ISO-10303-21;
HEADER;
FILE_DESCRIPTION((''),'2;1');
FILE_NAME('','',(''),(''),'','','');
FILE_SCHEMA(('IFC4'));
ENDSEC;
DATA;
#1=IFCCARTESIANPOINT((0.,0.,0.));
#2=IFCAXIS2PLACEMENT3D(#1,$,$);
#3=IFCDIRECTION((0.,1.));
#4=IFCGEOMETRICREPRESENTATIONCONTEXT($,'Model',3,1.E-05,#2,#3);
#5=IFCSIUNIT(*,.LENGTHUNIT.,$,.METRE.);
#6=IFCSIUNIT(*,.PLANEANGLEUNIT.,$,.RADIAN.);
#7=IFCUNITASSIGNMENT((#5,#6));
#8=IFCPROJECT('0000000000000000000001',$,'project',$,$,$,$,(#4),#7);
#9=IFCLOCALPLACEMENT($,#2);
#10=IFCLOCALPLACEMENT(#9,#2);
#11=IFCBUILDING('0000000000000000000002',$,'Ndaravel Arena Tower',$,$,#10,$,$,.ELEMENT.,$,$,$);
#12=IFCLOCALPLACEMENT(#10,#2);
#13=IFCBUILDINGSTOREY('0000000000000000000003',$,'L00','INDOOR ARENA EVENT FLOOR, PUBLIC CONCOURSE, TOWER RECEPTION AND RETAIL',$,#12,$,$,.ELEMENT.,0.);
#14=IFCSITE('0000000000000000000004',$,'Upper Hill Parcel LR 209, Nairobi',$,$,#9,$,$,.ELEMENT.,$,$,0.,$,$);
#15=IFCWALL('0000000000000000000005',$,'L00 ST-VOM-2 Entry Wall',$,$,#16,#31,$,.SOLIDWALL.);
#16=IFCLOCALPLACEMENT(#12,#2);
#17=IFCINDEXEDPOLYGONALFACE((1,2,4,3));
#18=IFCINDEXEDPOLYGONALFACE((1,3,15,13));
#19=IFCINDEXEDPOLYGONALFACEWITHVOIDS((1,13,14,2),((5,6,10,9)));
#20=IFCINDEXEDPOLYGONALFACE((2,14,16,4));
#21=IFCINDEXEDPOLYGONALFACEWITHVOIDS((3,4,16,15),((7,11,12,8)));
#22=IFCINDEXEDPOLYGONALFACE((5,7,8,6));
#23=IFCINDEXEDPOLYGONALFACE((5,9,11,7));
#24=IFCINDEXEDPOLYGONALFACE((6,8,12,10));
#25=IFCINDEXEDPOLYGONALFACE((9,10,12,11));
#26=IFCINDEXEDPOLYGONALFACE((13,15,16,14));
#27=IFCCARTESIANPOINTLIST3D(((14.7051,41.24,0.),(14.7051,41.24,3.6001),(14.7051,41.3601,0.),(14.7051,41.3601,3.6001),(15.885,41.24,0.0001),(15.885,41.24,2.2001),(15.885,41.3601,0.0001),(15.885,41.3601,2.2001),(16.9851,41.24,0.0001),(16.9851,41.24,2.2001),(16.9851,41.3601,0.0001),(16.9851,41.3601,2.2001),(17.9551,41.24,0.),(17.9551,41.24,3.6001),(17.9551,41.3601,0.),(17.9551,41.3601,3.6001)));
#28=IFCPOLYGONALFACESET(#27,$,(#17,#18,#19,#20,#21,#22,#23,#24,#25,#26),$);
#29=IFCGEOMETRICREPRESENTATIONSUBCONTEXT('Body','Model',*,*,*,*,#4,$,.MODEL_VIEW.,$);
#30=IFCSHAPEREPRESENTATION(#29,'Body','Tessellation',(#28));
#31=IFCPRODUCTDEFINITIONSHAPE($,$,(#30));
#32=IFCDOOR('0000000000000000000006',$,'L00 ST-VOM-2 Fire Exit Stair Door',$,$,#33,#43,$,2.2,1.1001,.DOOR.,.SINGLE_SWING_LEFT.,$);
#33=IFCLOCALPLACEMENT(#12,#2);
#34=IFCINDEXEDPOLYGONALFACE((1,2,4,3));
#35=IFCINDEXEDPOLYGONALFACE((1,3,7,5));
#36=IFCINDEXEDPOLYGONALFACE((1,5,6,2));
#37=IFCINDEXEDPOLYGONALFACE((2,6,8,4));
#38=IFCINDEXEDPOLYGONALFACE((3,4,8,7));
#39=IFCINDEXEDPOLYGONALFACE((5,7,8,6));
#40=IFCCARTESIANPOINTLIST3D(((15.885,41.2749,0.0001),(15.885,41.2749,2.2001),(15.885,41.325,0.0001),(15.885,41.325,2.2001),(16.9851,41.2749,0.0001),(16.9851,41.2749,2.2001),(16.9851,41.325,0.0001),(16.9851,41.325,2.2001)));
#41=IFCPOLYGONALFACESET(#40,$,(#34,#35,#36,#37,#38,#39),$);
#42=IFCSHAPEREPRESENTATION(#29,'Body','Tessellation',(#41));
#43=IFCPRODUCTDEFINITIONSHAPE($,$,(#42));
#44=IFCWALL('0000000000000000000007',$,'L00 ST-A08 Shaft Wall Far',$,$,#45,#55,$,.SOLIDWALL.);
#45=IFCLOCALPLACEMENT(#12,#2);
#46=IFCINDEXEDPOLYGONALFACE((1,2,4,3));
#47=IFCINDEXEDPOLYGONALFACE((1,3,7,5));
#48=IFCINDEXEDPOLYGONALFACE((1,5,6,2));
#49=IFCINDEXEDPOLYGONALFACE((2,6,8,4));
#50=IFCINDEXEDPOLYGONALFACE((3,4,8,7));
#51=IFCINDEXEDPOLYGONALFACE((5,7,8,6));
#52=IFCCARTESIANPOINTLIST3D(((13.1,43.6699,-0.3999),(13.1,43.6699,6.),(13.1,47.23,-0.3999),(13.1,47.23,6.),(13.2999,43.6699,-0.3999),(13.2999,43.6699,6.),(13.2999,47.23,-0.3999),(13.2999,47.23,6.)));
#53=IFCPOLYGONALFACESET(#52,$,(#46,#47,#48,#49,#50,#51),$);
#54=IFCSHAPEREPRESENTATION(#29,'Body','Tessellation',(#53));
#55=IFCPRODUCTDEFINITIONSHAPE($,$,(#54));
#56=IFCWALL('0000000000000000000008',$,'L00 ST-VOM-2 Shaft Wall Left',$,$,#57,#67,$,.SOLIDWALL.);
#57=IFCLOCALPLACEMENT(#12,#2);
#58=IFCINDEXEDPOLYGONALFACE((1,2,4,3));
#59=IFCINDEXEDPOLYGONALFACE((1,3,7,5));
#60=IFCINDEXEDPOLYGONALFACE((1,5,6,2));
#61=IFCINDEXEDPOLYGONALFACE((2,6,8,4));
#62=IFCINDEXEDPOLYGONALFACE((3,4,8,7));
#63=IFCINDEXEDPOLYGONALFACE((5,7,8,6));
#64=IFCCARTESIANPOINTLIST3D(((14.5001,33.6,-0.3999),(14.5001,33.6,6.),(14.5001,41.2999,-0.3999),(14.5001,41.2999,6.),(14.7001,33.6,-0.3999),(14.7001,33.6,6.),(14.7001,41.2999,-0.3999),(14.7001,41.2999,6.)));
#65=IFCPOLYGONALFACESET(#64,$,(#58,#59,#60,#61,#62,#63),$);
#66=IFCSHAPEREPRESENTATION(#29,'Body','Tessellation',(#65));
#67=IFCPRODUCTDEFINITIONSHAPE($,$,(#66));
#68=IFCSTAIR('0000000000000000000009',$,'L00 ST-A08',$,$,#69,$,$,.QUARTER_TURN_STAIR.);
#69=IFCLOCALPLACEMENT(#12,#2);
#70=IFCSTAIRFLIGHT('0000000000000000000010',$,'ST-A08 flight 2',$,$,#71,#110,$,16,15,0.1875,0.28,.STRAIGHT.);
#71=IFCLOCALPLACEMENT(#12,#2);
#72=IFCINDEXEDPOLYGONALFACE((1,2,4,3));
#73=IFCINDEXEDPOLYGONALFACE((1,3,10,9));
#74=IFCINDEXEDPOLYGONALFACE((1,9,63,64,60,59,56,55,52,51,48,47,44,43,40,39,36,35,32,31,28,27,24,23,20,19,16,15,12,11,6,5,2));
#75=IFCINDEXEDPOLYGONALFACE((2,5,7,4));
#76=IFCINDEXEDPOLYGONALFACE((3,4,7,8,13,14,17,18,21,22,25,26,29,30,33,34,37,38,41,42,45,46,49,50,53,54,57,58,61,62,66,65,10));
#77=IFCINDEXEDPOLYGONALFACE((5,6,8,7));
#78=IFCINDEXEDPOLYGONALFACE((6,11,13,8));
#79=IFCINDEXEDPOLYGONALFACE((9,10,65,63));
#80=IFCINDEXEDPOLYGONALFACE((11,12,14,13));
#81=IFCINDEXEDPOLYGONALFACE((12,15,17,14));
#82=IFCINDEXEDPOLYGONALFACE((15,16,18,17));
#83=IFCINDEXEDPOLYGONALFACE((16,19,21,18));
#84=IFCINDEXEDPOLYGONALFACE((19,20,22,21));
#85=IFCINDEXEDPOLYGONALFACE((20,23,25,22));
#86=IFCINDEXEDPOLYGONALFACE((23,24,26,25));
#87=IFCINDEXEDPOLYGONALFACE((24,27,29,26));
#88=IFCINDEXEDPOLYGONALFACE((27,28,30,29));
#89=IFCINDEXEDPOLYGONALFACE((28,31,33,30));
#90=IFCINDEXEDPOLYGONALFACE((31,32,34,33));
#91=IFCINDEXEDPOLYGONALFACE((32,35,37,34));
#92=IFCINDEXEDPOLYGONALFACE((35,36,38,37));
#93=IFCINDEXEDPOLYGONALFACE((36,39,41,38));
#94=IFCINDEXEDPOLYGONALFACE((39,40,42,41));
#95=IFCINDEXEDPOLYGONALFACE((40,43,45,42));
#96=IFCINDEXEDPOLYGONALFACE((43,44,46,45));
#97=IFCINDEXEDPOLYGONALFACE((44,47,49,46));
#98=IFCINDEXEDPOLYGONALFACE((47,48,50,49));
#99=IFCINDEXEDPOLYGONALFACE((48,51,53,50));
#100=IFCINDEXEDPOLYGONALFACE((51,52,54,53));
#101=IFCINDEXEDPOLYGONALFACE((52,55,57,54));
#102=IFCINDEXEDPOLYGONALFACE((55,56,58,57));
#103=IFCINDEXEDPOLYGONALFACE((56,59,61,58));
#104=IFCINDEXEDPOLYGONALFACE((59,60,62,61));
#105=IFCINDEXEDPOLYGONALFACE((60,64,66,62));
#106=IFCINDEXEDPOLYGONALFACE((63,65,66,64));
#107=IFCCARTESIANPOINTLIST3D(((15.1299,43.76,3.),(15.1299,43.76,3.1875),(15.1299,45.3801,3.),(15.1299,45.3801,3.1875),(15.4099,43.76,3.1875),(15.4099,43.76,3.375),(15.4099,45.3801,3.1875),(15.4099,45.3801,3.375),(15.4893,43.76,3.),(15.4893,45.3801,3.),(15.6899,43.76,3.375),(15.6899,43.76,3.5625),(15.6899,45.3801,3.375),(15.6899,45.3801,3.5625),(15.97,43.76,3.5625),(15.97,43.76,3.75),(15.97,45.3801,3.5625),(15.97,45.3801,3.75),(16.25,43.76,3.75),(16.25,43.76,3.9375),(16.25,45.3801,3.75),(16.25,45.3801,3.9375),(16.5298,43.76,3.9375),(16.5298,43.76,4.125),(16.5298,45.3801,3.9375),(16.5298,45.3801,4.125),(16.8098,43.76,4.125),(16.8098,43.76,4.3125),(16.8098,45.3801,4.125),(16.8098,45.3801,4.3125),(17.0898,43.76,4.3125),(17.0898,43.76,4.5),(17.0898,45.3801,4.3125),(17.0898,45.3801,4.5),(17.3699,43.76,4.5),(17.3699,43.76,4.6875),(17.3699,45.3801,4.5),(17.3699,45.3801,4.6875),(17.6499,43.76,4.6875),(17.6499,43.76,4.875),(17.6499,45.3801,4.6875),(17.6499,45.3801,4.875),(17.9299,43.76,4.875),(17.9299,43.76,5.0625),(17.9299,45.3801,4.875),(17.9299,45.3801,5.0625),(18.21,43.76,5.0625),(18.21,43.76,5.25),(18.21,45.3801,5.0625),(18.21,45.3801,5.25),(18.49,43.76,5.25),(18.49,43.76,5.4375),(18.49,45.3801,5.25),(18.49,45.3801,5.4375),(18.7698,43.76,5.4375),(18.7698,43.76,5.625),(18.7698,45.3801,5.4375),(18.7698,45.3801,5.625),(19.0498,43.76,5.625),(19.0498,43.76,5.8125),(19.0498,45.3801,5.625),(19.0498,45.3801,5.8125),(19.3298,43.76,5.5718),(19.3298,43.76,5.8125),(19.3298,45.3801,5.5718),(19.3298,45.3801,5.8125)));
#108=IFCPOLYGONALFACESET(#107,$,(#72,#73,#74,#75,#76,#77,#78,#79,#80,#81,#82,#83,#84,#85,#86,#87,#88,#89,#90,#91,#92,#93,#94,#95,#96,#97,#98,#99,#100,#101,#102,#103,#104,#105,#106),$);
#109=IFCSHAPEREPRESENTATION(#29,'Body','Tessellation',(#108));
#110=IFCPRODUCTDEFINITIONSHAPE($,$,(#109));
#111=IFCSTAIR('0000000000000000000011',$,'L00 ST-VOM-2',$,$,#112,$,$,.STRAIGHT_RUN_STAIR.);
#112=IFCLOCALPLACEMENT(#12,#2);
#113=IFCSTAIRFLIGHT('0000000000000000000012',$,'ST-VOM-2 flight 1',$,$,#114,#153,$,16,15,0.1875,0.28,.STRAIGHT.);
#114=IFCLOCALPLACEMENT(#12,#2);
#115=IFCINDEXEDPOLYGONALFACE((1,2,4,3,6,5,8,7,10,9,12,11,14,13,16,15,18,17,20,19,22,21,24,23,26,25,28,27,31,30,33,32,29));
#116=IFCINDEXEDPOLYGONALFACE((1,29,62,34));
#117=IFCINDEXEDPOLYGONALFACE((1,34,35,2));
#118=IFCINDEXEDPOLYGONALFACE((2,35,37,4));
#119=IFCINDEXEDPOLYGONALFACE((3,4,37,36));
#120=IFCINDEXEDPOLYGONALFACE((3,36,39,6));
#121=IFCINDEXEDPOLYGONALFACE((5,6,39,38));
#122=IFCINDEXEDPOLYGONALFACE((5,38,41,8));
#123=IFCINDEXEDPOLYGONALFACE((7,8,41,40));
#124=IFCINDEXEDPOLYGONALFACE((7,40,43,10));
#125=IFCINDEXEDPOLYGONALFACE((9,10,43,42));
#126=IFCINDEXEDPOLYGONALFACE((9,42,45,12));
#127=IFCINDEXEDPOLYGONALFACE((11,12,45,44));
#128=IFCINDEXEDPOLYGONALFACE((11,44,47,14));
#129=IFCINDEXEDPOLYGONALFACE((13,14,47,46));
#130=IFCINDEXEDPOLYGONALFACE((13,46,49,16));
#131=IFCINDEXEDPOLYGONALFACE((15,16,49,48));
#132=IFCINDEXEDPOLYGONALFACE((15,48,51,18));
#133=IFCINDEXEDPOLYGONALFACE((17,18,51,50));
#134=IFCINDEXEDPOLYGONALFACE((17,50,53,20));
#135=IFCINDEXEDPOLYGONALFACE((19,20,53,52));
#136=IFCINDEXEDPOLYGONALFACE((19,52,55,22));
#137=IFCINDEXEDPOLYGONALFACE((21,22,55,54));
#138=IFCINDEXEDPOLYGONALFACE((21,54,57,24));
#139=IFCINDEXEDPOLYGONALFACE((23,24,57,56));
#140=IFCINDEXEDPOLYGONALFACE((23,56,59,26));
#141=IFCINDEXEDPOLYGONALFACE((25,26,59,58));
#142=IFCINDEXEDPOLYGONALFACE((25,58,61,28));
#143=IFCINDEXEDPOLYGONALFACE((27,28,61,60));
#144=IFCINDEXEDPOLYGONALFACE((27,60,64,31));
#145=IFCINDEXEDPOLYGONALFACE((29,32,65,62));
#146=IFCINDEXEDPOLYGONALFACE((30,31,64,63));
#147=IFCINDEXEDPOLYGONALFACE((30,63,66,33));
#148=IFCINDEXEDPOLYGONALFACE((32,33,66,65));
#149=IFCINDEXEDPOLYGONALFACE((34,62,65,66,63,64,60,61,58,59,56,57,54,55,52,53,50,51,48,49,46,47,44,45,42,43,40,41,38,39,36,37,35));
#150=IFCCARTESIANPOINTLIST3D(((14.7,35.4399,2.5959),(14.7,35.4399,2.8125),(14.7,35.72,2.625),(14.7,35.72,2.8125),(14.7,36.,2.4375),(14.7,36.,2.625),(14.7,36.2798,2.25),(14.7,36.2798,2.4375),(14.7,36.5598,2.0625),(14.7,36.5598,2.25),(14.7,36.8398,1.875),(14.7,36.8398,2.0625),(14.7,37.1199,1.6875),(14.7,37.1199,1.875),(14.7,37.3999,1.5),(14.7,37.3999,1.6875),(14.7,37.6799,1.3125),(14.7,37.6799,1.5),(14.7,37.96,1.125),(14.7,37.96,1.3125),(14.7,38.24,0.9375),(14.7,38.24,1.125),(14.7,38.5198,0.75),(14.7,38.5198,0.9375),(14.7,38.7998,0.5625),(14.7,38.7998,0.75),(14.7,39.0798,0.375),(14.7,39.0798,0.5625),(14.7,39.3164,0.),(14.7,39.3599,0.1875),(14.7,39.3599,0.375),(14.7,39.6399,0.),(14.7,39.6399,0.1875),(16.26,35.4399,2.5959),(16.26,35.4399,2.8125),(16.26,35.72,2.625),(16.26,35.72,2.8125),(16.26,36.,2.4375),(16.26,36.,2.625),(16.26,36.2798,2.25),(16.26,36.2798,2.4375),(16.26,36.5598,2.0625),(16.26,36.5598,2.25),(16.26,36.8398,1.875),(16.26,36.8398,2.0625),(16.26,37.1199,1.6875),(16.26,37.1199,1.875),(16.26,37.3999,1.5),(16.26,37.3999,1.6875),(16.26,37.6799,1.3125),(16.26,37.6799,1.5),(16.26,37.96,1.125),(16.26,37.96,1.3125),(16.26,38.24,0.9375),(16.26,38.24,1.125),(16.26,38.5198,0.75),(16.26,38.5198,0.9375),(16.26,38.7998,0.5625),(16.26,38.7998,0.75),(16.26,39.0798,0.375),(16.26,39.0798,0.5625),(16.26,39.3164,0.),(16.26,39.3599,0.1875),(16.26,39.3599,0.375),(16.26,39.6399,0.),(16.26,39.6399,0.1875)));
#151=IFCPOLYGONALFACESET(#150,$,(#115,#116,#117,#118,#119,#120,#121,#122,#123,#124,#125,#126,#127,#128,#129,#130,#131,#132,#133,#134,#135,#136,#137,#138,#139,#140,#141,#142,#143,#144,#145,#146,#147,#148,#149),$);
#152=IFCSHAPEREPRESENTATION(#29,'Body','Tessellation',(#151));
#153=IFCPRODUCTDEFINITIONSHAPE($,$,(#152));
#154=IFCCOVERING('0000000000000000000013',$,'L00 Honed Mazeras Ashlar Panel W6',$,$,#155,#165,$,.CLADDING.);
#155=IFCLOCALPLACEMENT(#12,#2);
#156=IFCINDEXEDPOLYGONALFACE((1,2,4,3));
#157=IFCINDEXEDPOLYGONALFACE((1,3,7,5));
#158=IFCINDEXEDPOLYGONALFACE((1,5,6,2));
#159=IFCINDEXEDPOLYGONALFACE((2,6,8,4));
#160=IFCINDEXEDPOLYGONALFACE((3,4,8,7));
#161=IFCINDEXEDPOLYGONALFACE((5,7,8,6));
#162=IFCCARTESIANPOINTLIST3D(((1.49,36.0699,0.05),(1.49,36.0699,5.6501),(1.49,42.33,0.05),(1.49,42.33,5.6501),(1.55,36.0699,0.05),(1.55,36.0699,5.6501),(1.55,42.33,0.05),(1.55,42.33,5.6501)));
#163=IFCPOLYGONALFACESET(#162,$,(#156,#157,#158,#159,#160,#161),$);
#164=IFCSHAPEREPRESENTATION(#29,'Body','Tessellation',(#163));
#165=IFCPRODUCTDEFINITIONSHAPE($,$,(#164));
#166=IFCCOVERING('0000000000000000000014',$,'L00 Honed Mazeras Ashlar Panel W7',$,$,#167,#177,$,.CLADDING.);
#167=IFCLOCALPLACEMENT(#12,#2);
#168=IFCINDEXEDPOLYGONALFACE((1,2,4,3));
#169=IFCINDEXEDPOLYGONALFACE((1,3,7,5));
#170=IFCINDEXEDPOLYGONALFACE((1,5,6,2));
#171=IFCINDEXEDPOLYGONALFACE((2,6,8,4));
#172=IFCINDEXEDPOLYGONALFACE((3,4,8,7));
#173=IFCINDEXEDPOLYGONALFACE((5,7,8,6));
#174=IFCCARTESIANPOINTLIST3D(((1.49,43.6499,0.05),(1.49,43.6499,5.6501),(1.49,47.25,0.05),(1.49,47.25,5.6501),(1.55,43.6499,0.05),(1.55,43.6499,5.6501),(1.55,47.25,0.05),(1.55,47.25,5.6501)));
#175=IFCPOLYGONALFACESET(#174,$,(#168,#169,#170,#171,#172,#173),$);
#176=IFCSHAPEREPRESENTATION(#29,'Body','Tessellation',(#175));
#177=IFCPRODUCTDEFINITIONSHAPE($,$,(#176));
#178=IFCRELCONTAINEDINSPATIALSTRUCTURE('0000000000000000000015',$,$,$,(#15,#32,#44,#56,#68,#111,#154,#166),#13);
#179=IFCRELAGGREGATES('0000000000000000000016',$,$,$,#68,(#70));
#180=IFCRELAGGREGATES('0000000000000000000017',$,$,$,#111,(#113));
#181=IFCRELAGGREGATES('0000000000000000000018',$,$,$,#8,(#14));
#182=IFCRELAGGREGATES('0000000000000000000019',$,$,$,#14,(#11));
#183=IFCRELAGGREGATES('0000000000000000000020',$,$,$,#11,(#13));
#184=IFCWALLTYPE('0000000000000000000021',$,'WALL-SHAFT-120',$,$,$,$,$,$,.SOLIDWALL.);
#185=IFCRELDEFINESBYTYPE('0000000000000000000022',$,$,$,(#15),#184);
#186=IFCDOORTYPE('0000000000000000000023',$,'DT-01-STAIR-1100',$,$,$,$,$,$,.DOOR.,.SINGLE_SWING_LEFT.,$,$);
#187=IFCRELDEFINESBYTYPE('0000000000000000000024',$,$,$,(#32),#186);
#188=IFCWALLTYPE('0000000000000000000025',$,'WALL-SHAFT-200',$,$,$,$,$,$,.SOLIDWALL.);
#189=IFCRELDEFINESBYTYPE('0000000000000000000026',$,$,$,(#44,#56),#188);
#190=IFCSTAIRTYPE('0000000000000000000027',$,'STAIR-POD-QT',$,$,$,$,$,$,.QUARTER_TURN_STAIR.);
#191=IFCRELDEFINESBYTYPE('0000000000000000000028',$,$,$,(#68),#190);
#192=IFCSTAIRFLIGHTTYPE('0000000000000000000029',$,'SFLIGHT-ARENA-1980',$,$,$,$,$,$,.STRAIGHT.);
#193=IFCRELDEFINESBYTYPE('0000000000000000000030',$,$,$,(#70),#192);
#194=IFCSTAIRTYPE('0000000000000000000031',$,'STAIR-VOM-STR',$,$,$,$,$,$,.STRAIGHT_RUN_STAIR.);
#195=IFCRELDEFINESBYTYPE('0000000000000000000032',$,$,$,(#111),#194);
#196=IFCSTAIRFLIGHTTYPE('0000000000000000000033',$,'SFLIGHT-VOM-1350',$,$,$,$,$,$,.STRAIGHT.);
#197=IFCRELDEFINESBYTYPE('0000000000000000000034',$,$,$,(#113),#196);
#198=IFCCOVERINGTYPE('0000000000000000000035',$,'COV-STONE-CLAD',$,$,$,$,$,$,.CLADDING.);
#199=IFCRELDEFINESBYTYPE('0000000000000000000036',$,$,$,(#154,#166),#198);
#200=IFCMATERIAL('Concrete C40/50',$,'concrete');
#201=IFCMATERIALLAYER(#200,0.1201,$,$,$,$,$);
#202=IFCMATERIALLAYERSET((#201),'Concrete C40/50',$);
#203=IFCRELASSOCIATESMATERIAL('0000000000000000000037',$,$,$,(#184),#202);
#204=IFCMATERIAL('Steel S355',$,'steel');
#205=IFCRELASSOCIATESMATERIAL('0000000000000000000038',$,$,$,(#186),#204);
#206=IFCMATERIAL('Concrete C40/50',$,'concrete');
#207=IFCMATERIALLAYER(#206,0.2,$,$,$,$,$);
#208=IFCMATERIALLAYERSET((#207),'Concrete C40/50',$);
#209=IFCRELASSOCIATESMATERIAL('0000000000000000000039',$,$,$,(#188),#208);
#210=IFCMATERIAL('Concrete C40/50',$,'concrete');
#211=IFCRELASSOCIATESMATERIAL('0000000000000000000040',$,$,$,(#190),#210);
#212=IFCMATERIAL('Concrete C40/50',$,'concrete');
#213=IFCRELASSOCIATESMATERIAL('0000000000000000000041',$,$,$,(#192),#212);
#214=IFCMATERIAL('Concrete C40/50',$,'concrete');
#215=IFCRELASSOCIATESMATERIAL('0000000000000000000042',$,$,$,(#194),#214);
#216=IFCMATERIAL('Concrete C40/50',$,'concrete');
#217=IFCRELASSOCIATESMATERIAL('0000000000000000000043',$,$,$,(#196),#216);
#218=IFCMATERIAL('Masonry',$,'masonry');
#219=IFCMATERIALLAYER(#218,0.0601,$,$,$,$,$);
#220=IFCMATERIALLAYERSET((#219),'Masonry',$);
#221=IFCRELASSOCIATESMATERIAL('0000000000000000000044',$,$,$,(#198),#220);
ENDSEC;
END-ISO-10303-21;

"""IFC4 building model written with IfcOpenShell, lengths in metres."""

from ifc_helpers import new_model, si_unit, direction, frame, frame_2d, origin, origin_2d, place, context, subcontext, project, spatial, polyline, rectangle, outline, extrude, material, layer, layer_set, type_object, element, fill, aggregate, save


model = new_model("IFC4")

# Units and contexts
model_context = context("Model", 3, precision=1e-05, world=origin(), true_north=direction((0.0, 1.0)))
body_context = subcontext(model_context, "Body", "Model", "MODEL_VIEW")
ifc_project = project(units=[si_unit("LENGTHUNIT", "METRE"), si_unit("PLANEANGLEUNIT", "RADIAN")], contexts=[model_context])

# Site, building, storey
site_placement = place(None, origin())
site = spatial("IfcSite", under=ifc_project, at=site_placement, Name="Upper Hill Parcel LR 209, Nairobi", CompositionType="ELEMENT", RefElevation=0.0)
building_placement = place(site_placement, origin())
building = spatial("IfcBuilding", under=site, at=building_placement, Name="Ndaravel Arena Tower", CompositionType="ELEMENT")
storey_placement = place(building_placement, origin())
storey = spatial("IfcBuildingStorey", under=building, at=storey_placement, Name="L00", Description="INDOOR ARENA EVENT FLOOR, PUBLIC CONCOURSE, TOWER RECEPTION AND RETAIL", CompositionType="ELEMENT", Elevation=0.0)

# Wall, opening, door
ifc_material_1 = material(Name="Concrete C40/50", Category="concrete")
ifc_layer_1 = layer(ifc_material_1, 0.1201)
ifc_layer_set_1 = layer_set([ifc_layer_1], Name="Concrete C40/50")
wall_type_1 = type_object("IfcWallType", Name="WALL-SHAFT-120", PredefinedType="SOLIDWALL", material=ifc_layer_set_1)
wall_1_placement = place(storey_placement, frame((14.7051, 41.3, 0.0), z_axis=(0.0, 0.0, 1.0), x_axis=(1.0, 0.0, 0.0)))
wall_1 = element("IfcWall", 1, at=wall_1_placement, inside=storey, type_object=wall_type_1, Name="L00 ST-VOM-2 Entry Wall", PredefinedType="SOLIDWALL", context=body_context, shape_type="SweptSolid", body=[
    extrude(rectangle(XDim=3.25, YDim=0.1201, at=frame_2d((1.625, 0.0))), origin(), (0.0, 0.0, 1.0), 3.6001),
])
opening_1_placement = place(wall_1_placement, frame((1.1799, 0.0, 0.0)))
opening_1 = element("IfcOpeningElement", 2, at=opening_1_placement, cuts=wall_1, PredefinedType="OPENING", context=body_context, shape_type="SweptSolid", body=[
    extrude(rectangle(XDim=1.1001, YDim=2.2, at=frame_2d((0.55, 1.1001))), frame((0.0, 0.0601, 0.0), z_axis=(0.0, -1.0, 0.0), x_axis=(1.0, 0.0, 0.0)), (0.0, 0.0, 1.0), 0.1201),
])
ifc_material_2 = material(Name="Steel S355", Category="steel")
door_type_1 = type_object("IfcDoorType", Name="DT-01-STAIR-1100", OperationType="SINGLE_SWING_LEFT", PredefinedType="DOOR", material=ifc_material_2)
door_1_placement = place(opening_1_placement, origin())
door_1 = element("IfcDoor", 3, at=door_1_placement, inside=storey, type_object=door_type_1, Name="L00 ST-VOM-2 Fire Exit Stair Door", OperationType="SINGLE_SWING_LEFT", OverallHeight=2.2, OverallWidth=1.1001, PredefinedType="DOOR", context=body_context, shape_type="SweptSolid", body=[
    extrude(rectangle(XDim=1.1001, YDim=2.2, at=frame_2d((0.55, 1.1001))), frame((0.0, 0.0249, 0.0), z_axis=(0.0, -1.0, 0.0), x_axis=(1.0, 0.0, 0.0)), (0.0, 0.0, 1.0), 0.05),
])
fill(opening_1, door_1)

# Walls
ifc_material_3 = material(Name="Concrete C40/50", Category="concrete")
ifc_layer_2 = layer(ifc_material_3, 0.2)
ifc_layer_set_2 = layer_set([ifc_layer_2], Name="Concrete C40/50")
wall_type_2 = type_object("IfcWallType", Name="WALL-SHAFT-200", PredefinedType="SOLIDWALL", material=ifc_layer_set_2)
wall_2_placement = place(storey_placement, frame((13.2, 47.23, -0.3999), z_axis=(0.0, 0.0, 1.0), x_axis=(0.0, -1.0, 0.0)))
element("IfcWall", 4, at=wall_2_placement, inside=storey, type_object=wall_type_2, Name="L00 ST-A08 Shaft Wall Far", PredefinedType="SOLIDWALL", context=body_context, shape_type="SweptSolid", body=[
    extrude(rectangle(XDim=3.5601, YDim=0.2, at=frame_2d((1.78, 0.0))), origin(), (0.0, 0.0, 1.0), 6.3999),
])
wall_3_placement = place(storey_placement, frame((14.6001, 41.3, -0.3999), z_axis=(0.0, 0.0, 1.0), x_axis=(0.0, -1.0, 0.0)))
element("IfcWall", 5, at=wall_3_placement, inside=storey, type_object=wall_type_2, Name="L00 ST-VOM-2 Shaft Wall Left", PredefinedType="SOLIDWALL", context=body_context, shape_type="SweptSolid", body=[
    extrude(rectangle(XDim=7.7, YDim=0.2, at=frame_2d((3.8501, 0.0))), origin(), (0.0, 0.0, 1.0), 6.3999),
])

# Stairs, stair flights
ifc_material_4 = material(Name="Concrete C40/50", Category="concrete")
stair_type_1 = type_object("IfcStairType", Name="STAIR-POD-QT", PredefinedType="QUARTER_TURN_STAIR", material=ifc_material_4)
stair_1_placement = place(storey_placement, origin())
stair_1 = element("IfcStair", 6, at=stair_1_placement, inside=storey, type_object=stair_type_1, Name="L00 ST-A08", PredefinedType="QUARTER_TURN_STAIR")
ifc_material_5 = material(Name="Concrete C40/50", Category="concrete")
stair_flight_type_1 = type_object("IfcStairFlightType", Name="SFLIGHT-ARENA-1980", PredefinedType="STRAIGHT", material=ifc_material_5)
stair_flight_1_placement = place(storey_placement, frame((15.1299, 44.5701, 3.0), z_axis=(0.0, 0.0, 1.0), x_axis=(1.0, 0.0, 0.0)))
stair_flight_1 = element("IfcStairFlight", 7, at=stair_flight_1_placement, type_object=stair_flight_type_1, Name="ST-A08 flight 2", NumberOfRisers=16, NumberOfTreads=15, PredefinedType="STRAIGHT", RiserHeight=0.1875, TreadLength=0.28, context=body_context, shape_type="SweptSolid", body=[
    extrude(outline(polyline([(0.0, 0.0), (0.0, 0.1875), (0.28, 0.1875), (0.28, 0.375), (0.5601, 0.375), (0.5601, 0.5625), (0.8401, 0.5625), (0.8401, 0.75), (1.1201, 0.75), (1.1201, 0.9375), (1.3999, 0.9375), (1.3999, 1.125), (1.6799, 1.125), (1.6799, 1.3125), (1.96, 1.3125), (1.96, 1.5), (2.24, 1.5), (2.24, 1.6875), (2.52, 1.6875), (2.52, 1.875), (2.8, 1.875), (2.8, 2.0625), (3.0801, 2.0625), (3.0801, 2.25), (3.3601, 2.25), (3.3601, 2.4375), (3.6399, 2.4375), (3.6399, 2.625), (3.9199, 2.625), (3.9199, 2.8125), (4.2, 2.8125), (4.2, 3.0), (4.2, 2.5718), (0.3594, 0.0), (0.0, 0.0)])), frame((0.0, 0.8101, 0.0), z_axis=(0.0, -1.0, 0.0), x_axis=(1.0, 0.0, 0.0)), (0.0, 0.0, 1.0), 1.6201),
])
aggregate(stair_1, [stair_flight_1])
ifc_material_6 = material(Name="Concrete C40/50", Category="concrete")
stair_type_2 = type_object("IfcStairType", Name="STAIR-VOM-STR", PredefinedType="STRAIGHT_RUN_STAIR", material=ifc_material_6)
stair_2_placement = place(storey_placement, origin())
stair_2 = element("IfcStair", 8, at=stair_2_placement, inside=storey, type_object=stair_type_2, Name="L00 ST-VOM-2", PredefinedType="STRAIGHT_RUN_STAIR")
ifc_material_7 = material(Name="Concrete C40/50", Category="concrete")
stair_flight_type_2 = type_object("IfcStairFlightType", Name="SFLIGHT-VOM-1350", PredefinedType="STRAIGHT", material=ifc_material_7)
stair_flight_2_placement = place(storey_placement, frame((15.48, 39.6399, 0.0), z_axis=(0.0, 0.0, 1.0), x_axis=(0.0, -1.0, 0.0)))
stair_flight_2 = element("IfcStairFlight", 9, at=stair_flight_2_placement, type_object=stair_flight_type_2, Name="ST-VOM-2 flight 1", NumberOfRisers=16, NumberOfTreads=15, PredefinedType="STRAIGHT", RiserHeight=0.1875, TreadLength=0.28, context=body_context, shape_type="SweptSolid", body=[
    extrude(outline(polyline([(0.0, 0.0), (0.0, 0.1875), (0.28, 0.1875), (0.28, 0.375), (0.5601, 0.375), (0.5601, 0.5625), (0.8401, 0.5625), (0.8401, 0.75), (1.1201, 0.75), (1.1201, 0.9375), (1.3999, 0.9375), (1.3999, 1.125), (1.6799, 1.125), (1.6799, 1.3125), (1.96, 1.3125), (1.96, 1.5), (2.24, 1.5), (2.24, 1.6875), (2.52, 1.6875), (2.52, 1.875), (2.8, 1.875), (2.8, 2.0625), (3.0801, 2.0625), (3.0801, 2.25), (3.3601, 2.25), (3.3601, 2.4375), (3.6399, 2.4375), (3.6399, 2.625), (3.9199, 2.625), (3.9199, 2.8125), (4.2, 2.8125), (4.2, 3.0), (4.2, 2.5959), (0.3235, 0.0), (0.0, 0.0)])), frame((0.0, 0.78, 0.0), z_axis=(0.0, -1.0, 0.0), x_axis=(1.0, 0.0, 0.0)), (0.0, 0.0, 1.0), 1.5601),
])
aggregate(stair_2, [stair_flight_2])

# Coverings
ifc_material_8 = material(Name="Masonry", Category="masonry")
ifc_layer_3 = layer(ifc_material_8, 0.0601)
ifc_layer_set_3 = layer_set([ifc_layer_3], Name="Masonry")
covering_type = type_object("IfcCoveringType", Name="COV-STONE-CLAD", PredefinedType="CLADDING", material=ifc_layer_set_3)
covering_1_placement = place(storey_placement, frame((1.52, 39.2, 0.05), z_axis=(0.0, 0.0, 1.0), x_axis=(1.0, 0.0, 0.0)))
element("IfcCovering", 10, at=covering_1_placement, inside=storey, type_object=covering_type, Name="L00 Honed Mazeras Ashlar Panel W6", PredefinedType="CLADDING", context=body_context, shape_type="SweptSolid", body=[
    extrude(rectangle(XDim=0.0601, YDim=6.26, at=origin_2d()), origin(), (0.0, 0.0, 1.0), 5.6001),
])
covering_2_placement = place(storey_placement, frame((1.52, 45.45, 0.05), z_axis=(0.0, 0.0, 1.0), x_axis=(1.0, 0.0, 0.0)))
element("IfcCovering", 11, at=covering_2_placement, inside=storey, type_object=covering_type, Name="L00 Honed Mazeras Ashlar Panel W7", PredefinedType="CLADDING", context=body_context, shape_type="SweptSolid", body=[
    extrude(rectangle(XDim=0.0601, YDim=3.6001, at=origin_2d()), origin(), (0.0, 0.0, 1.0), 5.6001),
])

save(model, "model.ifc")
